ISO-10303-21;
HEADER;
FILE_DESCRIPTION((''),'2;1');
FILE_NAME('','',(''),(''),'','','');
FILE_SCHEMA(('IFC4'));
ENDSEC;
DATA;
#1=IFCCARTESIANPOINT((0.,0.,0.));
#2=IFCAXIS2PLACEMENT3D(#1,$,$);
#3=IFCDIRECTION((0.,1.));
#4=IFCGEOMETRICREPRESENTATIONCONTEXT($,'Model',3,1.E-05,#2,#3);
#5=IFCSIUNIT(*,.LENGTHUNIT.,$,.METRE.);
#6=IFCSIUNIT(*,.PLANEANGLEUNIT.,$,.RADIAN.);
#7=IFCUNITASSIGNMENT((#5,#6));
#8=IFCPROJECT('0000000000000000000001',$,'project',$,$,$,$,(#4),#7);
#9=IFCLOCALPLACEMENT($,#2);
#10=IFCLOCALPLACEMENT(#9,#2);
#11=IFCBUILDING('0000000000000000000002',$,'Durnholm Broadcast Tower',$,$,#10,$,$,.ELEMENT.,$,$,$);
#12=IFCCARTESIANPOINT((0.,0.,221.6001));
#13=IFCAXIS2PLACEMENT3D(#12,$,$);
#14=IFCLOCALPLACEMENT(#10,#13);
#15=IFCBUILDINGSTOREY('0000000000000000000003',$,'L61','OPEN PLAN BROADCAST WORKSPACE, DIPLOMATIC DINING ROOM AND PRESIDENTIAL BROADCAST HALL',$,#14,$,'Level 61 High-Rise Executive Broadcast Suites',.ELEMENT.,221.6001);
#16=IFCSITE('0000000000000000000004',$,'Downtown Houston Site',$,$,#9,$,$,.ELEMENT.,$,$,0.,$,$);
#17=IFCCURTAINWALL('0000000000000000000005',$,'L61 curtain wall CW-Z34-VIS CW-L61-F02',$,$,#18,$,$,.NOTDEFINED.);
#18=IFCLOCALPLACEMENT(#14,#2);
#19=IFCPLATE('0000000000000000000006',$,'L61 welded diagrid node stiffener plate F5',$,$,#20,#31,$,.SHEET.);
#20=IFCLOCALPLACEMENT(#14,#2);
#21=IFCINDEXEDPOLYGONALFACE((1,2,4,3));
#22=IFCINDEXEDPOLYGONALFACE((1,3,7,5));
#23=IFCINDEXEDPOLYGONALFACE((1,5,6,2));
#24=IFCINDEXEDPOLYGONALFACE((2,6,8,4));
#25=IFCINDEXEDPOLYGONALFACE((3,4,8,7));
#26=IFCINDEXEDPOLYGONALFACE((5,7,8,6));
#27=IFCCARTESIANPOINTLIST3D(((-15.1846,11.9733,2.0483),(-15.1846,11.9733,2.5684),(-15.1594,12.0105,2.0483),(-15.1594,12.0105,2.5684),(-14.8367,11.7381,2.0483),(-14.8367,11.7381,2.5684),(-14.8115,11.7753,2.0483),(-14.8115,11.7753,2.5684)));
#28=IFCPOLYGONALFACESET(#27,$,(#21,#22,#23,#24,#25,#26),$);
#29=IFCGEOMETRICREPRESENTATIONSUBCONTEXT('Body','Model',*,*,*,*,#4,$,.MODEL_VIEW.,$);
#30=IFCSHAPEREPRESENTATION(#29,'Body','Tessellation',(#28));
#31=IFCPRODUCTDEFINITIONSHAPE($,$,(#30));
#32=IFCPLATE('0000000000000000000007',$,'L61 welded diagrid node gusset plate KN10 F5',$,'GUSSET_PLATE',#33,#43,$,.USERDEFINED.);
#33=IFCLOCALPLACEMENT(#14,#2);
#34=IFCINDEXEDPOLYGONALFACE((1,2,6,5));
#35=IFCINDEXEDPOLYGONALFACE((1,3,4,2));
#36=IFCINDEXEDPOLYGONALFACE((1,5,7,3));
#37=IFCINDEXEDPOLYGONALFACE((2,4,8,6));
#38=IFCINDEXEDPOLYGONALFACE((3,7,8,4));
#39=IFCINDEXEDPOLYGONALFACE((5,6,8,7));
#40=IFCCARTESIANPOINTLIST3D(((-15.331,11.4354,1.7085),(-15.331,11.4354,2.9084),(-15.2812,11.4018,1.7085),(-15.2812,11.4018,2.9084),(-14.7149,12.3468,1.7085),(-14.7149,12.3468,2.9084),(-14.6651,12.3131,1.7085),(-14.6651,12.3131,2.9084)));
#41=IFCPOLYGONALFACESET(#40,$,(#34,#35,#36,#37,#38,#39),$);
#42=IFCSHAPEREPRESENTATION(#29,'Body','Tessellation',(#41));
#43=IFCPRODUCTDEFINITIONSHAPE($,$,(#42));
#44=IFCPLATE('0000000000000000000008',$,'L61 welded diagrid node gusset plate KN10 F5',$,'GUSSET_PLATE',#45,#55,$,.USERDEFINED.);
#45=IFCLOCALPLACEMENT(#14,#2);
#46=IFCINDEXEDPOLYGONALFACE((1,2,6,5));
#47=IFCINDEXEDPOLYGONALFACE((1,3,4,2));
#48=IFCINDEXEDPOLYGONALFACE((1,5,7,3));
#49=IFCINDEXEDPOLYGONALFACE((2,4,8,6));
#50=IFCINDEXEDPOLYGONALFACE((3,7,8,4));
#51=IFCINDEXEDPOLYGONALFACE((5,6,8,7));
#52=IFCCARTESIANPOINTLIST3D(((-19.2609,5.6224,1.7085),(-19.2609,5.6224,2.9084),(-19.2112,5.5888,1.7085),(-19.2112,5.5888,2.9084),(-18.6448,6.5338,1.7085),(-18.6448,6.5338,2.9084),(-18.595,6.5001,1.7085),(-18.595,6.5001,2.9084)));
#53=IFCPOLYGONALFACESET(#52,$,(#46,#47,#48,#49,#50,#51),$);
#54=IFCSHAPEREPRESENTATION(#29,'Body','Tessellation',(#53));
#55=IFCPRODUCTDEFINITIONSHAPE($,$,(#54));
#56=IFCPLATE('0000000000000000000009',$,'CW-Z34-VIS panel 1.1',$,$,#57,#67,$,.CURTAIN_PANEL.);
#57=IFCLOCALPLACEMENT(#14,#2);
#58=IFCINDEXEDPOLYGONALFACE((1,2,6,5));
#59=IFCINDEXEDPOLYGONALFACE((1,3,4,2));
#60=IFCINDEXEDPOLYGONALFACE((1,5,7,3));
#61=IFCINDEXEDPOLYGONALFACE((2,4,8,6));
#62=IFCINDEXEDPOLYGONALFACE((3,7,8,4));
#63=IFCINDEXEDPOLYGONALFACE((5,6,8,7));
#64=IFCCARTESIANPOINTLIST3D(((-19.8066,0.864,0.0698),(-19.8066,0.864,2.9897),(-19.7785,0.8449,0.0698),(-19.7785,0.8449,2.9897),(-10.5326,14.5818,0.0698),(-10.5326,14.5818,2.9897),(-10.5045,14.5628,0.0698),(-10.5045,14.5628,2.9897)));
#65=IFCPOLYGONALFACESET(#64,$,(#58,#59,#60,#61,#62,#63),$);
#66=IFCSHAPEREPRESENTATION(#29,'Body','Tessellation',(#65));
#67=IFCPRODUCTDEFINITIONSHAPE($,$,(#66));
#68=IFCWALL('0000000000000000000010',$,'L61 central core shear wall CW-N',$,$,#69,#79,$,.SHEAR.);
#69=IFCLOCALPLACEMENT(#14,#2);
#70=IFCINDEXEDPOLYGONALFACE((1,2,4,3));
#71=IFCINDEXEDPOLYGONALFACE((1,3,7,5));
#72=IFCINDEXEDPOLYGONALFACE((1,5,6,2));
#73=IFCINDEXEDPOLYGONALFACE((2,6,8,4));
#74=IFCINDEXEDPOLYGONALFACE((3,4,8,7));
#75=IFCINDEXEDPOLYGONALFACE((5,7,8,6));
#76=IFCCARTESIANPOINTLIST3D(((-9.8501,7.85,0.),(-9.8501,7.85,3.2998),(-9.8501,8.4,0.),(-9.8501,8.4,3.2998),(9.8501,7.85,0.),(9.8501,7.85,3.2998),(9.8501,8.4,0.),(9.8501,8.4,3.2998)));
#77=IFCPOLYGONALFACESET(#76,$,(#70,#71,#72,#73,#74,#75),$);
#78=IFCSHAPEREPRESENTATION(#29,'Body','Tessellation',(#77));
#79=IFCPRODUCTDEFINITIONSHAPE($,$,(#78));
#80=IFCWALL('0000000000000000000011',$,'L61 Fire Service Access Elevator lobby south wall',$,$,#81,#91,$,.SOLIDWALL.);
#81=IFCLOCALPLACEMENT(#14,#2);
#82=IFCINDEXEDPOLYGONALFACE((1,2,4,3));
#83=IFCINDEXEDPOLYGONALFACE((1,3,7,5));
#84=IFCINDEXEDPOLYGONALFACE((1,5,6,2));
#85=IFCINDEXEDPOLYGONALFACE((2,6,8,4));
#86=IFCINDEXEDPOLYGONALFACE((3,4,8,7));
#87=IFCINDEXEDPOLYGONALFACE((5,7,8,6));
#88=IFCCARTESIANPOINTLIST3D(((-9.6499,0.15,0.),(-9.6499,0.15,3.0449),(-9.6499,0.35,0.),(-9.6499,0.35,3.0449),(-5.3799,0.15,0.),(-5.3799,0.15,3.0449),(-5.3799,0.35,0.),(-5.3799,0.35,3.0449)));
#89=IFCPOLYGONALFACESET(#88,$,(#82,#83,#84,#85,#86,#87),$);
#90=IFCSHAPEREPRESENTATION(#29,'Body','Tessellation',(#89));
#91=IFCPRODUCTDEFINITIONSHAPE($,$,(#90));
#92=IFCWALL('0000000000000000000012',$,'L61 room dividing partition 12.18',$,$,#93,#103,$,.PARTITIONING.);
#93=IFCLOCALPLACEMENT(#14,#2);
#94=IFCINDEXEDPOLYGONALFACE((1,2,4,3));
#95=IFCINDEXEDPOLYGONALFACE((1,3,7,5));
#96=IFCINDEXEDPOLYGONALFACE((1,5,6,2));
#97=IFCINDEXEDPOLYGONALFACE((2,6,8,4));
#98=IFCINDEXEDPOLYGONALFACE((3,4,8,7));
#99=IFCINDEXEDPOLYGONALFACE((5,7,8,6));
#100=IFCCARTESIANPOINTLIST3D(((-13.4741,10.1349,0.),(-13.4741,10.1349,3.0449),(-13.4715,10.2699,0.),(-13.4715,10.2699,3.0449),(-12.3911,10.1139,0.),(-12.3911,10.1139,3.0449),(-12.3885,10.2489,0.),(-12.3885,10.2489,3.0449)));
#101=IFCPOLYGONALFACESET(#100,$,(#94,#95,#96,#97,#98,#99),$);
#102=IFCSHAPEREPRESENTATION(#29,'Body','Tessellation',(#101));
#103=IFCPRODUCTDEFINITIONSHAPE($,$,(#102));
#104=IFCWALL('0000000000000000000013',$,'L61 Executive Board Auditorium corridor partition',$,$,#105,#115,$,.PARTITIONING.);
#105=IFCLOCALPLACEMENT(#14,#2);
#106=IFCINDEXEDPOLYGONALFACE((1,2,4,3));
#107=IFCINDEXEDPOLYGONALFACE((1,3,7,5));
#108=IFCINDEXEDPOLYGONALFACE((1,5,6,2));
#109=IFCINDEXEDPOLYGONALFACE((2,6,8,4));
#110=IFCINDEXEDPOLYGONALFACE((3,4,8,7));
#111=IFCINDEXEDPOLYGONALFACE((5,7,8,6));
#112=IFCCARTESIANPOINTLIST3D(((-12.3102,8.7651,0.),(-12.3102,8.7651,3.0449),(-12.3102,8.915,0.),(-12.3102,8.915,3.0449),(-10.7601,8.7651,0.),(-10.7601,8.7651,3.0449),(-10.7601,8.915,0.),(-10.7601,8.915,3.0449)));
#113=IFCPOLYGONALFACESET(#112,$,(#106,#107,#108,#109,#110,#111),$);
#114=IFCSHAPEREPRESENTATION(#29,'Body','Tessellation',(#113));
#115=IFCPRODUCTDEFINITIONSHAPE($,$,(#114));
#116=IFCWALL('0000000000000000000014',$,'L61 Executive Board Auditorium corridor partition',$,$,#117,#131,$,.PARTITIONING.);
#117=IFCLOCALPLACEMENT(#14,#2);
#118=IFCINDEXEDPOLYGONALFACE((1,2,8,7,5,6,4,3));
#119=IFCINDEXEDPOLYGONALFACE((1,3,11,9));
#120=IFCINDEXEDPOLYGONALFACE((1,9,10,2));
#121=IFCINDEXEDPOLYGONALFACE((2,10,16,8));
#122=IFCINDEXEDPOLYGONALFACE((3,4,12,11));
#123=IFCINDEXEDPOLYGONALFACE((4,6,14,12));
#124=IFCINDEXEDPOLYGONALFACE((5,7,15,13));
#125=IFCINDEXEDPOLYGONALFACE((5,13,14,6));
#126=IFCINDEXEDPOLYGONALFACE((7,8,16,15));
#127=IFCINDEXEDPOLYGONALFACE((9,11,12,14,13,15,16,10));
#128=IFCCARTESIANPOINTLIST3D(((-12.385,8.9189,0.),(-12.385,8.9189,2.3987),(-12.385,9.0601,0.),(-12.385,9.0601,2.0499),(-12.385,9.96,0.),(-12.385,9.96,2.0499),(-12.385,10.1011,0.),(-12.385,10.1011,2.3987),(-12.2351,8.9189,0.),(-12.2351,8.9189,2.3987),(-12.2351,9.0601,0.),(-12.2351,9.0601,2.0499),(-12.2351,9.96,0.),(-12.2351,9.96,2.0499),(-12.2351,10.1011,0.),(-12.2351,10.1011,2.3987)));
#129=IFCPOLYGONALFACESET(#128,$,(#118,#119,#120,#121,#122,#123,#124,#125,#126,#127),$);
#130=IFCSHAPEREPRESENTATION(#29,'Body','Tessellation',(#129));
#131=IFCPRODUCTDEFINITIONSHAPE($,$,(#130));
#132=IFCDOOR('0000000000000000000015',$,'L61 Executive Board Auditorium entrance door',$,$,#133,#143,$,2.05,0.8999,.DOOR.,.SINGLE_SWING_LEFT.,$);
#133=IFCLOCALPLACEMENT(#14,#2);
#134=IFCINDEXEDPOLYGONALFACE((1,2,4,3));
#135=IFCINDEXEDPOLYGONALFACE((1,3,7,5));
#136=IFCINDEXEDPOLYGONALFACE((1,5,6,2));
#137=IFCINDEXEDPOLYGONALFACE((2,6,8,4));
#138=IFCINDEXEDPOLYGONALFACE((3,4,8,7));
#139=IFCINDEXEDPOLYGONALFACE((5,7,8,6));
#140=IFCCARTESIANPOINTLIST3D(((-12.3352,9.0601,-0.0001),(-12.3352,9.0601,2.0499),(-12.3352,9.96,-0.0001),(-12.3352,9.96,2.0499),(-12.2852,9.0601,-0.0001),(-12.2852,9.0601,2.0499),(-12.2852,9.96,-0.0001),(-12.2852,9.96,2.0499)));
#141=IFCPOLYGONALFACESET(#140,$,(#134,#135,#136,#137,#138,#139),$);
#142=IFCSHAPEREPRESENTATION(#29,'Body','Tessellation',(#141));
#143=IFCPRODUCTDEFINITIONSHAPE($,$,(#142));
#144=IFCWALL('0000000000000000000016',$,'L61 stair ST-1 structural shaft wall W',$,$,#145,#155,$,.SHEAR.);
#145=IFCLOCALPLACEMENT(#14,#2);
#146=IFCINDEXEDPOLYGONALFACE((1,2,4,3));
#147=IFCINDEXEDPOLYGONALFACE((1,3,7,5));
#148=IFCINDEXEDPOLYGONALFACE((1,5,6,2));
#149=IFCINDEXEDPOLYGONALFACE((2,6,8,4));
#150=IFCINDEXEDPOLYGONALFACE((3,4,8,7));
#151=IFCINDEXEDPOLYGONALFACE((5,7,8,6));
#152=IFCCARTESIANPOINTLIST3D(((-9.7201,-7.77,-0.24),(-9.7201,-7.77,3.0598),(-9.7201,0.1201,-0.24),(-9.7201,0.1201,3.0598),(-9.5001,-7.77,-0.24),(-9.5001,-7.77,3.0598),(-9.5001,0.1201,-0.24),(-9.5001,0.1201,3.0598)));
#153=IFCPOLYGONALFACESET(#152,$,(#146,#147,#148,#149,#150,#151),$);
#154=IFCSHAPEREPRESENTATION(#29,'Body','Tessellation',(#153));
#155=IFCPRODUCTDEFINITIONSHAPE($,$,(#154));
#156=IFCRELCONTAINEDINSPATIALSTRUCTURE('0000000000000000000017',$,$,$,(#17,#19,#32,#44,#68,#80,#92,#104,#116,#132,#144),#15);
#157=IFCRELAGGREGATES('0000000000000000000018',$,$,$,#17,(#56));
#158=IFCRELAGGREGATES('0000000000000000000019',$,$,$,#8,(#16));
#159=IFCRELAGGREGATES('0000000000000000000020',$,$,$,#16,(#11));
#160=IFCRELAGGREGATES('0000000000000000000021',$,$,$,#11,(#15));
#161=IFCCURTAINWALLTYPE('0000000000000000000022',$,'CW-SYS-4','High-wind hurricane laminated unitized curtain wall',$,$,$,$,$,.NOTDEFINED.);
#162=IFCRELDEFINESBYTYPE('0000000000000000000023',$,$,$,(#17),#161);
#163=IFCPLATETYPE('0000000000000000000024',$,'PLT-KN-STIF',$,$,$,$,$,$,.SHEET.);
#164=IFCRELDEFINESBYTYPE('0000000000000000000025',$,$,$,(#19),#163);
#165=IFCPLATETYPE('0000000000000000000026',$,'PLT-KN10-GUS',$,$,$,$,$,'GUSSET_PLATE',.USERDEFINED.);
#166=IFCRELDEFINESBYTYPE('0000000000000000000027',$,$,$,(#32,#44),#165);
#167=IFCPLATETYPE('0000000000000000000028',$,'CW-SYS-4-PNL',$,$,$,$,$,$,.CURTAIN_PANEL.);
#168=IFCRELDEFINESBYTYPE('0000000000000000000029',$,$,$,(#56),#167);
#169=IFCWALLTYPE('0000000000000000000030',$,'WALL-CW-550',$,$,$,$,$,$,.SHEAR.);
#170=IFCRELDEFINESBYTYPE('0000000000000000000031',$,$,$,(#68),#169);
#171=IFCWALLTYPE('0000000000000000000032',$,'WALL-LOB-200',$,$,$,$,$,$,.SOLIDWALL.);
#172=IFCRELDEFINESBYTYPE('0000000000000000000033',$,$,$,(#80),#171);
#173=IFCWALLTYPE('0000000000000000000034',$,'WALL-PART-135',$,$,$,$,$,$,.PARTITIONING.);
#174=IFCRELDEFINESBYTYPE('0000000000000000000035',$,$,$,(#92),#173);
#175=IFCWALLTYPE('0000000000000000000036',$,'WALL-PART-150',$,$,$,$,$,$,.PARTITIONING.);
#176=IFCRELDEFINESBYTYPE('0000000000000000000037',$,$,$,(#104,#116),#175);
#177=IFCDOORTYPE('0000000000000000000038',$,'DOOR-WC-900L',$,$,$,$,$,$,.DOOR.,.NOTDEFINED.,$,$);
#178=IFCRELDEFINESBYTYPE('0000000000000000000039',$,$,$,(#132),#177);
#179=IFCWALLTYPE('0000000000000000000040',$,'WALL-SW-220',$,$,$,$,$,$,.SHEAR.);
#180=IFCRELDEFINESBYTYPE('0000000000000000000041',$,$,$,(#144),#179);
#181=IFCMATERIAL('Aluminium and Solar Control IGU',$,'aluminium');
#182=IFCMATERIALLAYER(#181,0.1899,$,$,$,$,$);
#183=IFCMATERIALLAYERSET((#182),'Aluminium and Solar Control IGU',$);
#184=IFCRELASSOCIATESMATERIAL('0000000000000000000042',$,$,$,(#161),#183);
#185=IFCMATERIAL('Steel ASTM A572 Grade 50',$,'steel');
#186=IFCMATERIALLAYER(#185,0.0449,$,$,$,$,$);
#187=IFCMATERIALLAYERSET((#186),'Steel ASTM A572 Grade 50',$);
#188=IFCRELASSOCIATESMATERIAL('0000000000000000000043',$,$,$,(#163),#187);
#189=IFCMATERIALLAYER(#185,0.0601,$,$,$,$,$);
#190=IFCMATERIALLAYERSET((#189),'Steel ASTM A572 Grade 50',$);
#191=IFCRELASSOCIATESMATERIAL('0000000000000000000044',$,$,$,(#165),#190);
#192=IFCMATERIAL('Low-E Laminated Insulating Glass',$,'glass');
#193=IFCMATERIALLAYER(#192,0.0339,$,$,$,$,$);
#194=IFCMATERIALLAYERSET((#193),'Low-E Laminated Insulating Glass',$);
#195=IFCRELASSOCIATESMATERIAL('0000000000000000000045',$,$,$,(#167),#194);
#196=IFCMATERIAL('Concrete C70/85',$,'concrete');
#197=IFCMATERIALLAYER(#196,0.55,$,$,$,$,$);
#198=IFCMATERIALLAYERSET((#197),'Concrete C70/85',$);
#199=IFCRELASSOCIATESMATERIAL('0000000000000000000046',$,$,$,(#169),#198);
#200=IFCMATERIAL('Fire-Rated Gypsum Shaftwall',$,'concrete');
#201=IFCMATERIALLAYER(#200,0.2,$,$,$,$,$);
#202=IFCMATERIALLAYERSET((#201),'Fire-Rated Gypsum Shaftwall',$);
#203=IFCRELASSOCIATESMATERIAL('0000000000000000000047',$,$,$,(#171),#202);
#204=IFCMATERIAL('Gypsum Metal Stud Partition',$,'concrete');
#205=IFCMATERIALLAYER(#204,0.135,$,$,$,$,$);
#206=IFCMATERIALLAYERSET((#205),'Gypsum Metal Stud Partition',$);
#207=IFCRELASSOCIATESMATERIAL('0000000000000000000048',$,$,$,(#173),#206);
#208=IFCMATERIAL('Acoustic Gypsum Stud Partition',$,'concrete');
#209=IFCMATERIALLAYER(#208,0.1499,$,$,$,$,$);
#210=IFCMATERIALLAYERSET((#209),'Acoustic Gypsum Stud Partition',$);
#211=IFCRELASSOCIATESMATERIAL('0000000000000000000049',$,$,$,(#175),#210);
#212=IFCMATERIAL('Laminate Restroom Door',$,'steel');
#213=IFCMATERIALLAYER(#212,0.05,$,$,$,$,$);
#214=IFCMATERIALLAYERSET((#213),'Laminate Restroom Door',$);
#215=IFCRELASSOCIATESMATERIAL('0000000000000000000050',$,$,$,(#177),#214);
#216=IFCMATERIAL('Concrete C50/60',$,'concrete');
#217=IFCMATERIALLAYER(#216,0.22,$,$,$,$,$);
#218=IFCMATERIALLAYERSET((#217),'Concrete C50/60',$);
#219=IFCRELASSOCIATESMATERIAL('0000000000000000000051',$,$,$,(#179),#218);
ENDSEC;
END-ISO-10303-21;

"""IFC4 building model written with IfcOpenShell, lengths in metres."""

from ifc_helpers import new_model, si_unit, direction, frame, frame_2d, origin, origin_2d, place, context, subcontext, project, spatial, rectangle, extrude, source, transform, mapped, material, layer, layer_set, type_object, type_shapes, element, fill, aggregate, save


model = new_model("IFC4")

# Units and contexts
model_context = context("Model", 3, precision=1e-05, world=origin(), true_north=direction((0.0, 1.0)))
body_context = subcontext(model_context, "Body", "Model", "MODEL_VIEW")
ifc_project = project(units=[si_unit("LENGTHUNIT", "METRE"), si_unit("PLANEANGLEUNIT", "RADIAN")], contexts=[model_context])

# Site, building, storey
site_placement = place(None, origin())
site = spatial("IfcSite", under=ifc_project, at=site_placement, Name="Downtown Houston Site", CompositionType="ELEMENT", RefElevation=0.0)
building_placement = place(site_placement, origin())
building = spatial("IfcBuilding", under=site, at=building_placement, Name="Durnholm Broadcast Tower", CompositionType="ELEMENT")
storey_placement = place(building_placement, frame((0.0, 0.0, 221.6001)))
storey = spatial("IfcBuildingStorey", under=building, at=storey_placement, Name="L61", Description="OPEN PLAN BROADCAST WORKSPACE, DIPLOMATIC DINING ROOM AND PRESIDENTIAL BROADCAST HALL", LongName="Level 61 High-Rise Executive Broadcast Suites", CompositionType="ELEMENT", Elevation=221.6001)

# Shared definitions
ifc_material_1 = material(Name="Concrete C70/85", Category="concrete")

# Shared definitions
ifc_material_2 = material(Name="Aluminium and Solar Control IGU", Category="aluminium")

# Curtain wall
ifc_layer_1 = layer(ifc_material_2, 0.1899)
ifc_layer_set_1 = layer_set([ifc_layer_1], Name="Aluminium and Solar Control IGU")
curtain_wall_type_1 = type_object("IfcCurtainWallType", Name="CW-SYS-4", Description="High-wind hurricane laminated unitized curtain wall", PredefinedType="NOTDEFINED", material=ifc_layer_set_1)
curtain_wall_1_placement = place(storey_placement, origin())
curtain_wall_1 = element("IfcCurtainWall", 1, at=curtain_wall_1_placement, inside=storey, type_object=curtain_wall_type_1, Name="L61 curtain wall CW-Z34-VIS CW-L61-F02", PredefinedType="NOTDEFINED")

# Plates
ifc_material_3 = material(Name="Steel ASTM A572 Grade 50", Category="steel")
ifc_layer_2 = layer(ifc_material_3, 0.0449)
ifc_layer_set_2 = layer_set([ifc_layer_2], Name="Steel ASTM A572 Grade 50")
plate_type_1 = type_object("IfcPlateType", Name="PLT-KN-STIF", PredefinedType="SHEET", material=ifc_layer_set_2)
shared_shape_1 = source(origin(), body_context, "Body", "SweptSolid", [
    extrude(rectangle(XDim=0.0449, YDim=0.4199, at=origin_2d()), origin(), (0.0, 0.0, 1.0), 0.52),
])
type_shapes(plate_type_1, [shared_shape_1])
plate_1_placement = place(storey_placement, frame((-14.998, 11.8743, 2.0483), z_axis=(0.0, 0.0, 1.0), x_axis=(-0.560061, -0.828452, 0.0)))
element("IfcPlate", 2, at=plate_1_placement, inside=storey, type_object=plate_type_1, Name="L61 welded diagrid node stiffener plate F5", PredefinedType="SHEET", context=body_context, shape_type="MappedRepresentation", body=[
    mapped(shared_shape_1, transform((0.0, 0.0, 0.0), x_axis=(1.0, 0.0, 0.0), y_axis=(0.0, 1.0, 0.0), z_axis=(0.0, 0.0, 1.0), scale=1.0)),
])
ifc_layer_3 = layer(ifc_material_3, 0.0601)
ifc_layer_set_3 = layer_set([ifc_layer_3], Name="Steel ASTM A572 Grade 50")
plate_type_2 = type_object("IfcPlateType", Name="PLT-KN10-GUS", ElementType="GUSSET_PLATE", PredefinedType="USERDEFINED", material=ifc_layer_set_3)
shared_shape_2 = source(origin(), body_context, "Body", "SweptSolid", [
    extrude(rectangle(XDim=1.1001, YDim=0.0601, at=origin_2d()), origin(), (0.0, 0.0, 1.0), 1.2),
])
type_shapes(plate_type_2, [shared_shape_2])
for number, where, z_axis, x_axis, name in (
    (3, (-14.998, 11.8743, 1.7085), (0.0, 0.0, 1.0), (-0.560061, -0.828452, 0.0), "L61 welded diagrid node gusset plate KN10 F5"),
    (4, (-18.928, 6.0613, 1.7085), (0.0, 0.0, 1.0), (-0.560061, -0.828452, 0.0), "L61 welded diagrid node gusset plate KN10 F5"),
):
    element("IfcPlate", number, at=place(storey_placement, frame(where, z_axis=z_axis, x_axis=x_axis)), inside=storey, type_object=plate_type_2, Name=name, ObjectType="GUSSET_PLATE", PredefinedType="USERDEFINED", context=body_context, shape_type="MappedRepresentation", body=[
        mapped(shared_shape_2, transform((0.0, 0.0, 0.0), x_axis=(1.0, 0.0, 0.0), y_axis=(0.0, 1.0, 0.0), z_axis=(0.0, 0.0, 1.0), scale=1.0)),
    ])

# Plate
ifc_material_4 = material(Name="Low-E Laminated Insulating Glass", Category="glass")
ifc_layer_4 = layer(ifc_material_4, 0.0339)
ifc_layer_set_4 = layer_set([ifc_layer_4], Name="Low-E Laminated Insulating Glass")
plate_type_3 = type_object("IfcPlateType", Name="CW-SYS-4-PNL", PredefinedType="CURTAIN_PANEL", material=ifc_layer_set_4)
shared_shape_3 = source(origin(), body_context, "Body", "SweptSolid", [
    extrude(rectangle(XDim=16.5586, YDim=0.0339, at=origin_2d()), origin(), (0.0, 0.0, 1.0), 2.9199),
])
type_shapes(plate_type_3, [shared_shape_3])
plate_2_placement = place(storey_placement, frame((-15.1555, 7.7134, 0.0698), z_axis=(0.0, 0.0, 1.0), x_axis=(0.560073, 0.828443, 0.0)))
plate_2 = element("IfcPlate", 5, at=plate_2_placement, type_object=plate_type_3, Name="CW-Z34-VIS panel 1.1", PredefinedType="CURTAIN_PANEL", context=body_context, shape_type="MappedRepresentation", body=[
    mapped(shared_shape_3, transform((0.0, 0.0, 0.0), x_axis=(1.0, 0.0, 0.0), y_axis=(0.0, 1.0, 0.0), z_axis=(0.0, 0.0, 1.0), scale=1.0)),
])
aggregate(curtain_wall_1, [plate_2])

# Walls
ifc_layer_5 = layer(ifc_material_1, 0.55)
ifc_layer_set_5 = layer_set([ifc_layer_5], Name="Concrete C70/85")
wall_type_1 = type_object("IfcWallType", Name="WALL-CW-550", PredefinedType="SHEAR", material=ifc_layer_set_5)
wall_1_placement = place(storey_placement, frame((-9.8501, 8.125, 0.0), z_axis=(0.0, 0.0, 1.0), x_axis=(1.0, 0.0, 0.0)))
element("IfcWall", 6, at=wall_1_placement, inside=storey, type_object=wall_type_1, Name="L61 central core shear wall CW-N", PredefinedType="SHEAR", context=body_context, shape_type="SweptSolid", body=[
    extrude(rectangle(XDim=19.7002, YDim=0.55, at=frame_2d((9.8501, 0.0))), origin(), (0.0, 0.0, 1.0), 3.2998),
])
ifc_material_5 = material(Name="Fire-Rated Gypsum Shaftwall", Category="concrete")
ifc_layer_6 = layer(ifc_material_5, 0.2)
ifc_layer_set_6 = layer_set([ifc_layer_6], Name="Fire-Rated Gypsum Shaftwall")
wall_type_2 = type_object("IfcWallType", Name="WALL-LOB-200", PredefinedType="SOLIDWALL", material=ifc_layer_set_6)
wall_2_placement = place(storey_placement, frame((-9.6499, 0.25, 0.0), z_axis=(0.0, 0.0, 1.0), x_axis=(1.0, 0.0, 0.0)))
element("IfcWall", 7, at=wall_2_placement, inside=storey, type_object=wall_type_2, Name="L61 Fire Service Access Elevator lobby south wall", PredefinedType="SOLIDWALL", context=body_context, shape_type="SweptSolid", body=[
    extrude(rectangle(XDim=4.27, YDim=0.2, at=frame_2d((2.135, 0.0))), origin(), (0.0, 0.0, 1.0), 3.0449),
])
ifc_material_6 = material(Name="Gypsum Metal Stud Partition", Category="concrete")
ifc_layer_7 = layer(ifc_material_6, 0.135)
ifc_layer_set_7 = layer_set([ifc_layer_7], Name="Gypsum Metal Stud Partition")
wall_type_3 = type_object("IfcWallType", Name="WALL-PART-135", PredefinedType="PARTITIONING", material=ifc_layer_set_7)
wall_3_placement = place(storey_placement, frame((-12.3899, 10.1814, 0.0), z_axis=(0.0, 0.0, 1.0), x_axis=(-0.999812, 0.019383, 0.0)))
element("IfcWall", 8, at=wall_3_placement, inside=storey, type_object=wall_type_3, Name="L61 room dividing partition 12.18", PredefinedType="PARTITIONING", context=body_context, shape_type="SweptSolid", body=[
    extrude(rectangle(XDim=1.0833, YDim=0.135, at=frame_2d((0.5415, 0.0))), origin(), (0.0, 0.0, 1.0), 3.0449),
])
ifc_material_7 = material(Name="Acoustic Gypsum Stud Partition", Category="concrete")
ifc_layer_8 = layer(ifc_material_7, 0.1499)
ifc_layer_set_8 = layer_set([ifc_layer_8], Name="Acoustic Gypsum Stud Partition")
wall_type_4 = type_object("IfcWallType", Name="WALL-PART-150", PredefinedType="PARTITIONING", material=ifc_layer_set_8)
wall_4_placement = place(storey_placement, frame((-12.3101, 8.8401, 0.0), z_axis=(0.0, 0.0, 1.0), x_axis=(1.0, 0.0, 0.0)))
element("IfcWall", 9, at=wall_4_placement, inside=storey, type_object=wall_type_4, Name="L61 Executive Board Auditorium corridor partition", PredefinedType="PARTITIONING", context=body_context, shape_type="SweptSolid", body=[
    extrude(rectangle(XDim=1.55, YDim=0.1499, at=frame_2d((0.7749, 0.0))), origin(), (0.0, 0.0, 1.0), 3.0449),
])

# Wall, opening, door
wall_5_placement = place(storey_placement, frame((-12.3101, 10.1011, 0.0), z_axis=(0.0, 0.0, 1.0), x_axis=(0.0, -1.0, 0.0)))
wall_5 = element("IfcWall", 10, at=wall_5_placement, inside=storey, type_object=wall_type_4, Name="L61 Executive Board Auditorium corridor partition", PredefinedType="PARTITIONING", context=body_context, shape_type="SweptSolid", body=[
    extrude(rectangle(XDim=1.1821, YDim=0.1499, at=frame_2d((0.5911, 0.0))), origin(), (0.0, 0.0, 1.0), 2.3987),
])
opening_1_placement = place(wall_5_placement, frame((0.1411, 0.0, 0.0)))
opening_1 = element("IfcOpeningElement", 11, at=opening_1_placement, cuts=wall_5, PredefinedType="OPENING", context=body_context, shape_type="SweptSolid", body=[
    extrude(rectangle(XDim=0.8999, YDim=2.05, at=frame_2d((0.45, 1.0249))), frame((0.0, 0.085, 0.0), z_axis=(0.0, -1.0, 0.0), x_axis=(1.0, 0.0, 0.0)), (0.0, 0.0, 1.0), 0.1699),
])
ifc_material_8 = material(Name="Laminate Restroom Door", Category="steel")
ifc_layer_9 = layer(ifc_material_8, 0.05)
ifc_layer_set_9 = layer_set([ifc_layer_9], Name="Laminate Restroom Door")
door_type_1 = type_object("IfcDoorType", Name="DOOR-WC-900L", OperationType="NOTDEFINED", PredefinedType="DOOR", material=ifc_layer_set_9)
shared_shape_4 = source(origin(), body_context, "Body", "SweptSolid", [
    extrude(rectangle(XDim=0.8999, YDim=2.05, at=frame_2d((0.45, 1.0249))), frame((0.0, 0.0249, 0.0), z_axis=(0.0, -1.0, 0.0), x_axis=(1.0, 0.0, 0.0)), (0.0, 0.0, 1.0), 0.05),
])
type_shapes(door_type_1, [shared_shape_4])
door_1_placement = place(opening_1_placement, origin())
door_1 = element("IfcDoor", 12, at=door_1_placement, inside=storey, type_object=door_type_1, Name="L61 Executive Board Auditorium entrance door", OperationType="SINGLE_SWING_LEFT", OverallHeight=2.05, OverallWidth=0.8999, PredefinedType="DOOR", context=body_context, shape_type="MappedRepresentation", body=[
    mapped(shared_shape_4, transform((0.0, 0.0, 0.0), x_axis=(1.0, 0.0, 0.0), y_axis=(0.0, 1.0, 0.0), z_axis=(0.0, 0.0, 1.0), scale=1.0)),
])
fill(opening_1, door_1)

# Wall
ifc_material_9 = material(Name="Concrete C50/60", Category="concrete")
ifc_layer_10 = layer(ifc_material_9, 0.22)
ifc_layer_set_10 = layer_set([ifc_layer_10], Name="Concrete C50/60")
wall_type_5 = type_object("IfcWallType", Name="WALL-SW-220", PredefinedType="SHEAR", material=ifc_layer_set_10)
wall_6_placement = place(storey_placement, frame((-9.6101, 0.1201, -0.24), z_axis=(0.0, 0.0, 1.0), x_axis=(0.0, -1.0, 0.0)))
element("IfcWall", 13, at=wall_6_placement, inside=storey, type_object=wall_type_5, Name="L61 stair ST-1 structural shaft wall W", PredefinedType="SHEAR", context=body_context, shape_type="SweptSolid", body=[
    extrude(rectangle(XDim=7.8901, YDim=0.22, at=frame_2d((3.9451, 0.0))), origin(), (0.0, 0.0, 1.0), 3.2998),
])

save(model, "model.ifc")
